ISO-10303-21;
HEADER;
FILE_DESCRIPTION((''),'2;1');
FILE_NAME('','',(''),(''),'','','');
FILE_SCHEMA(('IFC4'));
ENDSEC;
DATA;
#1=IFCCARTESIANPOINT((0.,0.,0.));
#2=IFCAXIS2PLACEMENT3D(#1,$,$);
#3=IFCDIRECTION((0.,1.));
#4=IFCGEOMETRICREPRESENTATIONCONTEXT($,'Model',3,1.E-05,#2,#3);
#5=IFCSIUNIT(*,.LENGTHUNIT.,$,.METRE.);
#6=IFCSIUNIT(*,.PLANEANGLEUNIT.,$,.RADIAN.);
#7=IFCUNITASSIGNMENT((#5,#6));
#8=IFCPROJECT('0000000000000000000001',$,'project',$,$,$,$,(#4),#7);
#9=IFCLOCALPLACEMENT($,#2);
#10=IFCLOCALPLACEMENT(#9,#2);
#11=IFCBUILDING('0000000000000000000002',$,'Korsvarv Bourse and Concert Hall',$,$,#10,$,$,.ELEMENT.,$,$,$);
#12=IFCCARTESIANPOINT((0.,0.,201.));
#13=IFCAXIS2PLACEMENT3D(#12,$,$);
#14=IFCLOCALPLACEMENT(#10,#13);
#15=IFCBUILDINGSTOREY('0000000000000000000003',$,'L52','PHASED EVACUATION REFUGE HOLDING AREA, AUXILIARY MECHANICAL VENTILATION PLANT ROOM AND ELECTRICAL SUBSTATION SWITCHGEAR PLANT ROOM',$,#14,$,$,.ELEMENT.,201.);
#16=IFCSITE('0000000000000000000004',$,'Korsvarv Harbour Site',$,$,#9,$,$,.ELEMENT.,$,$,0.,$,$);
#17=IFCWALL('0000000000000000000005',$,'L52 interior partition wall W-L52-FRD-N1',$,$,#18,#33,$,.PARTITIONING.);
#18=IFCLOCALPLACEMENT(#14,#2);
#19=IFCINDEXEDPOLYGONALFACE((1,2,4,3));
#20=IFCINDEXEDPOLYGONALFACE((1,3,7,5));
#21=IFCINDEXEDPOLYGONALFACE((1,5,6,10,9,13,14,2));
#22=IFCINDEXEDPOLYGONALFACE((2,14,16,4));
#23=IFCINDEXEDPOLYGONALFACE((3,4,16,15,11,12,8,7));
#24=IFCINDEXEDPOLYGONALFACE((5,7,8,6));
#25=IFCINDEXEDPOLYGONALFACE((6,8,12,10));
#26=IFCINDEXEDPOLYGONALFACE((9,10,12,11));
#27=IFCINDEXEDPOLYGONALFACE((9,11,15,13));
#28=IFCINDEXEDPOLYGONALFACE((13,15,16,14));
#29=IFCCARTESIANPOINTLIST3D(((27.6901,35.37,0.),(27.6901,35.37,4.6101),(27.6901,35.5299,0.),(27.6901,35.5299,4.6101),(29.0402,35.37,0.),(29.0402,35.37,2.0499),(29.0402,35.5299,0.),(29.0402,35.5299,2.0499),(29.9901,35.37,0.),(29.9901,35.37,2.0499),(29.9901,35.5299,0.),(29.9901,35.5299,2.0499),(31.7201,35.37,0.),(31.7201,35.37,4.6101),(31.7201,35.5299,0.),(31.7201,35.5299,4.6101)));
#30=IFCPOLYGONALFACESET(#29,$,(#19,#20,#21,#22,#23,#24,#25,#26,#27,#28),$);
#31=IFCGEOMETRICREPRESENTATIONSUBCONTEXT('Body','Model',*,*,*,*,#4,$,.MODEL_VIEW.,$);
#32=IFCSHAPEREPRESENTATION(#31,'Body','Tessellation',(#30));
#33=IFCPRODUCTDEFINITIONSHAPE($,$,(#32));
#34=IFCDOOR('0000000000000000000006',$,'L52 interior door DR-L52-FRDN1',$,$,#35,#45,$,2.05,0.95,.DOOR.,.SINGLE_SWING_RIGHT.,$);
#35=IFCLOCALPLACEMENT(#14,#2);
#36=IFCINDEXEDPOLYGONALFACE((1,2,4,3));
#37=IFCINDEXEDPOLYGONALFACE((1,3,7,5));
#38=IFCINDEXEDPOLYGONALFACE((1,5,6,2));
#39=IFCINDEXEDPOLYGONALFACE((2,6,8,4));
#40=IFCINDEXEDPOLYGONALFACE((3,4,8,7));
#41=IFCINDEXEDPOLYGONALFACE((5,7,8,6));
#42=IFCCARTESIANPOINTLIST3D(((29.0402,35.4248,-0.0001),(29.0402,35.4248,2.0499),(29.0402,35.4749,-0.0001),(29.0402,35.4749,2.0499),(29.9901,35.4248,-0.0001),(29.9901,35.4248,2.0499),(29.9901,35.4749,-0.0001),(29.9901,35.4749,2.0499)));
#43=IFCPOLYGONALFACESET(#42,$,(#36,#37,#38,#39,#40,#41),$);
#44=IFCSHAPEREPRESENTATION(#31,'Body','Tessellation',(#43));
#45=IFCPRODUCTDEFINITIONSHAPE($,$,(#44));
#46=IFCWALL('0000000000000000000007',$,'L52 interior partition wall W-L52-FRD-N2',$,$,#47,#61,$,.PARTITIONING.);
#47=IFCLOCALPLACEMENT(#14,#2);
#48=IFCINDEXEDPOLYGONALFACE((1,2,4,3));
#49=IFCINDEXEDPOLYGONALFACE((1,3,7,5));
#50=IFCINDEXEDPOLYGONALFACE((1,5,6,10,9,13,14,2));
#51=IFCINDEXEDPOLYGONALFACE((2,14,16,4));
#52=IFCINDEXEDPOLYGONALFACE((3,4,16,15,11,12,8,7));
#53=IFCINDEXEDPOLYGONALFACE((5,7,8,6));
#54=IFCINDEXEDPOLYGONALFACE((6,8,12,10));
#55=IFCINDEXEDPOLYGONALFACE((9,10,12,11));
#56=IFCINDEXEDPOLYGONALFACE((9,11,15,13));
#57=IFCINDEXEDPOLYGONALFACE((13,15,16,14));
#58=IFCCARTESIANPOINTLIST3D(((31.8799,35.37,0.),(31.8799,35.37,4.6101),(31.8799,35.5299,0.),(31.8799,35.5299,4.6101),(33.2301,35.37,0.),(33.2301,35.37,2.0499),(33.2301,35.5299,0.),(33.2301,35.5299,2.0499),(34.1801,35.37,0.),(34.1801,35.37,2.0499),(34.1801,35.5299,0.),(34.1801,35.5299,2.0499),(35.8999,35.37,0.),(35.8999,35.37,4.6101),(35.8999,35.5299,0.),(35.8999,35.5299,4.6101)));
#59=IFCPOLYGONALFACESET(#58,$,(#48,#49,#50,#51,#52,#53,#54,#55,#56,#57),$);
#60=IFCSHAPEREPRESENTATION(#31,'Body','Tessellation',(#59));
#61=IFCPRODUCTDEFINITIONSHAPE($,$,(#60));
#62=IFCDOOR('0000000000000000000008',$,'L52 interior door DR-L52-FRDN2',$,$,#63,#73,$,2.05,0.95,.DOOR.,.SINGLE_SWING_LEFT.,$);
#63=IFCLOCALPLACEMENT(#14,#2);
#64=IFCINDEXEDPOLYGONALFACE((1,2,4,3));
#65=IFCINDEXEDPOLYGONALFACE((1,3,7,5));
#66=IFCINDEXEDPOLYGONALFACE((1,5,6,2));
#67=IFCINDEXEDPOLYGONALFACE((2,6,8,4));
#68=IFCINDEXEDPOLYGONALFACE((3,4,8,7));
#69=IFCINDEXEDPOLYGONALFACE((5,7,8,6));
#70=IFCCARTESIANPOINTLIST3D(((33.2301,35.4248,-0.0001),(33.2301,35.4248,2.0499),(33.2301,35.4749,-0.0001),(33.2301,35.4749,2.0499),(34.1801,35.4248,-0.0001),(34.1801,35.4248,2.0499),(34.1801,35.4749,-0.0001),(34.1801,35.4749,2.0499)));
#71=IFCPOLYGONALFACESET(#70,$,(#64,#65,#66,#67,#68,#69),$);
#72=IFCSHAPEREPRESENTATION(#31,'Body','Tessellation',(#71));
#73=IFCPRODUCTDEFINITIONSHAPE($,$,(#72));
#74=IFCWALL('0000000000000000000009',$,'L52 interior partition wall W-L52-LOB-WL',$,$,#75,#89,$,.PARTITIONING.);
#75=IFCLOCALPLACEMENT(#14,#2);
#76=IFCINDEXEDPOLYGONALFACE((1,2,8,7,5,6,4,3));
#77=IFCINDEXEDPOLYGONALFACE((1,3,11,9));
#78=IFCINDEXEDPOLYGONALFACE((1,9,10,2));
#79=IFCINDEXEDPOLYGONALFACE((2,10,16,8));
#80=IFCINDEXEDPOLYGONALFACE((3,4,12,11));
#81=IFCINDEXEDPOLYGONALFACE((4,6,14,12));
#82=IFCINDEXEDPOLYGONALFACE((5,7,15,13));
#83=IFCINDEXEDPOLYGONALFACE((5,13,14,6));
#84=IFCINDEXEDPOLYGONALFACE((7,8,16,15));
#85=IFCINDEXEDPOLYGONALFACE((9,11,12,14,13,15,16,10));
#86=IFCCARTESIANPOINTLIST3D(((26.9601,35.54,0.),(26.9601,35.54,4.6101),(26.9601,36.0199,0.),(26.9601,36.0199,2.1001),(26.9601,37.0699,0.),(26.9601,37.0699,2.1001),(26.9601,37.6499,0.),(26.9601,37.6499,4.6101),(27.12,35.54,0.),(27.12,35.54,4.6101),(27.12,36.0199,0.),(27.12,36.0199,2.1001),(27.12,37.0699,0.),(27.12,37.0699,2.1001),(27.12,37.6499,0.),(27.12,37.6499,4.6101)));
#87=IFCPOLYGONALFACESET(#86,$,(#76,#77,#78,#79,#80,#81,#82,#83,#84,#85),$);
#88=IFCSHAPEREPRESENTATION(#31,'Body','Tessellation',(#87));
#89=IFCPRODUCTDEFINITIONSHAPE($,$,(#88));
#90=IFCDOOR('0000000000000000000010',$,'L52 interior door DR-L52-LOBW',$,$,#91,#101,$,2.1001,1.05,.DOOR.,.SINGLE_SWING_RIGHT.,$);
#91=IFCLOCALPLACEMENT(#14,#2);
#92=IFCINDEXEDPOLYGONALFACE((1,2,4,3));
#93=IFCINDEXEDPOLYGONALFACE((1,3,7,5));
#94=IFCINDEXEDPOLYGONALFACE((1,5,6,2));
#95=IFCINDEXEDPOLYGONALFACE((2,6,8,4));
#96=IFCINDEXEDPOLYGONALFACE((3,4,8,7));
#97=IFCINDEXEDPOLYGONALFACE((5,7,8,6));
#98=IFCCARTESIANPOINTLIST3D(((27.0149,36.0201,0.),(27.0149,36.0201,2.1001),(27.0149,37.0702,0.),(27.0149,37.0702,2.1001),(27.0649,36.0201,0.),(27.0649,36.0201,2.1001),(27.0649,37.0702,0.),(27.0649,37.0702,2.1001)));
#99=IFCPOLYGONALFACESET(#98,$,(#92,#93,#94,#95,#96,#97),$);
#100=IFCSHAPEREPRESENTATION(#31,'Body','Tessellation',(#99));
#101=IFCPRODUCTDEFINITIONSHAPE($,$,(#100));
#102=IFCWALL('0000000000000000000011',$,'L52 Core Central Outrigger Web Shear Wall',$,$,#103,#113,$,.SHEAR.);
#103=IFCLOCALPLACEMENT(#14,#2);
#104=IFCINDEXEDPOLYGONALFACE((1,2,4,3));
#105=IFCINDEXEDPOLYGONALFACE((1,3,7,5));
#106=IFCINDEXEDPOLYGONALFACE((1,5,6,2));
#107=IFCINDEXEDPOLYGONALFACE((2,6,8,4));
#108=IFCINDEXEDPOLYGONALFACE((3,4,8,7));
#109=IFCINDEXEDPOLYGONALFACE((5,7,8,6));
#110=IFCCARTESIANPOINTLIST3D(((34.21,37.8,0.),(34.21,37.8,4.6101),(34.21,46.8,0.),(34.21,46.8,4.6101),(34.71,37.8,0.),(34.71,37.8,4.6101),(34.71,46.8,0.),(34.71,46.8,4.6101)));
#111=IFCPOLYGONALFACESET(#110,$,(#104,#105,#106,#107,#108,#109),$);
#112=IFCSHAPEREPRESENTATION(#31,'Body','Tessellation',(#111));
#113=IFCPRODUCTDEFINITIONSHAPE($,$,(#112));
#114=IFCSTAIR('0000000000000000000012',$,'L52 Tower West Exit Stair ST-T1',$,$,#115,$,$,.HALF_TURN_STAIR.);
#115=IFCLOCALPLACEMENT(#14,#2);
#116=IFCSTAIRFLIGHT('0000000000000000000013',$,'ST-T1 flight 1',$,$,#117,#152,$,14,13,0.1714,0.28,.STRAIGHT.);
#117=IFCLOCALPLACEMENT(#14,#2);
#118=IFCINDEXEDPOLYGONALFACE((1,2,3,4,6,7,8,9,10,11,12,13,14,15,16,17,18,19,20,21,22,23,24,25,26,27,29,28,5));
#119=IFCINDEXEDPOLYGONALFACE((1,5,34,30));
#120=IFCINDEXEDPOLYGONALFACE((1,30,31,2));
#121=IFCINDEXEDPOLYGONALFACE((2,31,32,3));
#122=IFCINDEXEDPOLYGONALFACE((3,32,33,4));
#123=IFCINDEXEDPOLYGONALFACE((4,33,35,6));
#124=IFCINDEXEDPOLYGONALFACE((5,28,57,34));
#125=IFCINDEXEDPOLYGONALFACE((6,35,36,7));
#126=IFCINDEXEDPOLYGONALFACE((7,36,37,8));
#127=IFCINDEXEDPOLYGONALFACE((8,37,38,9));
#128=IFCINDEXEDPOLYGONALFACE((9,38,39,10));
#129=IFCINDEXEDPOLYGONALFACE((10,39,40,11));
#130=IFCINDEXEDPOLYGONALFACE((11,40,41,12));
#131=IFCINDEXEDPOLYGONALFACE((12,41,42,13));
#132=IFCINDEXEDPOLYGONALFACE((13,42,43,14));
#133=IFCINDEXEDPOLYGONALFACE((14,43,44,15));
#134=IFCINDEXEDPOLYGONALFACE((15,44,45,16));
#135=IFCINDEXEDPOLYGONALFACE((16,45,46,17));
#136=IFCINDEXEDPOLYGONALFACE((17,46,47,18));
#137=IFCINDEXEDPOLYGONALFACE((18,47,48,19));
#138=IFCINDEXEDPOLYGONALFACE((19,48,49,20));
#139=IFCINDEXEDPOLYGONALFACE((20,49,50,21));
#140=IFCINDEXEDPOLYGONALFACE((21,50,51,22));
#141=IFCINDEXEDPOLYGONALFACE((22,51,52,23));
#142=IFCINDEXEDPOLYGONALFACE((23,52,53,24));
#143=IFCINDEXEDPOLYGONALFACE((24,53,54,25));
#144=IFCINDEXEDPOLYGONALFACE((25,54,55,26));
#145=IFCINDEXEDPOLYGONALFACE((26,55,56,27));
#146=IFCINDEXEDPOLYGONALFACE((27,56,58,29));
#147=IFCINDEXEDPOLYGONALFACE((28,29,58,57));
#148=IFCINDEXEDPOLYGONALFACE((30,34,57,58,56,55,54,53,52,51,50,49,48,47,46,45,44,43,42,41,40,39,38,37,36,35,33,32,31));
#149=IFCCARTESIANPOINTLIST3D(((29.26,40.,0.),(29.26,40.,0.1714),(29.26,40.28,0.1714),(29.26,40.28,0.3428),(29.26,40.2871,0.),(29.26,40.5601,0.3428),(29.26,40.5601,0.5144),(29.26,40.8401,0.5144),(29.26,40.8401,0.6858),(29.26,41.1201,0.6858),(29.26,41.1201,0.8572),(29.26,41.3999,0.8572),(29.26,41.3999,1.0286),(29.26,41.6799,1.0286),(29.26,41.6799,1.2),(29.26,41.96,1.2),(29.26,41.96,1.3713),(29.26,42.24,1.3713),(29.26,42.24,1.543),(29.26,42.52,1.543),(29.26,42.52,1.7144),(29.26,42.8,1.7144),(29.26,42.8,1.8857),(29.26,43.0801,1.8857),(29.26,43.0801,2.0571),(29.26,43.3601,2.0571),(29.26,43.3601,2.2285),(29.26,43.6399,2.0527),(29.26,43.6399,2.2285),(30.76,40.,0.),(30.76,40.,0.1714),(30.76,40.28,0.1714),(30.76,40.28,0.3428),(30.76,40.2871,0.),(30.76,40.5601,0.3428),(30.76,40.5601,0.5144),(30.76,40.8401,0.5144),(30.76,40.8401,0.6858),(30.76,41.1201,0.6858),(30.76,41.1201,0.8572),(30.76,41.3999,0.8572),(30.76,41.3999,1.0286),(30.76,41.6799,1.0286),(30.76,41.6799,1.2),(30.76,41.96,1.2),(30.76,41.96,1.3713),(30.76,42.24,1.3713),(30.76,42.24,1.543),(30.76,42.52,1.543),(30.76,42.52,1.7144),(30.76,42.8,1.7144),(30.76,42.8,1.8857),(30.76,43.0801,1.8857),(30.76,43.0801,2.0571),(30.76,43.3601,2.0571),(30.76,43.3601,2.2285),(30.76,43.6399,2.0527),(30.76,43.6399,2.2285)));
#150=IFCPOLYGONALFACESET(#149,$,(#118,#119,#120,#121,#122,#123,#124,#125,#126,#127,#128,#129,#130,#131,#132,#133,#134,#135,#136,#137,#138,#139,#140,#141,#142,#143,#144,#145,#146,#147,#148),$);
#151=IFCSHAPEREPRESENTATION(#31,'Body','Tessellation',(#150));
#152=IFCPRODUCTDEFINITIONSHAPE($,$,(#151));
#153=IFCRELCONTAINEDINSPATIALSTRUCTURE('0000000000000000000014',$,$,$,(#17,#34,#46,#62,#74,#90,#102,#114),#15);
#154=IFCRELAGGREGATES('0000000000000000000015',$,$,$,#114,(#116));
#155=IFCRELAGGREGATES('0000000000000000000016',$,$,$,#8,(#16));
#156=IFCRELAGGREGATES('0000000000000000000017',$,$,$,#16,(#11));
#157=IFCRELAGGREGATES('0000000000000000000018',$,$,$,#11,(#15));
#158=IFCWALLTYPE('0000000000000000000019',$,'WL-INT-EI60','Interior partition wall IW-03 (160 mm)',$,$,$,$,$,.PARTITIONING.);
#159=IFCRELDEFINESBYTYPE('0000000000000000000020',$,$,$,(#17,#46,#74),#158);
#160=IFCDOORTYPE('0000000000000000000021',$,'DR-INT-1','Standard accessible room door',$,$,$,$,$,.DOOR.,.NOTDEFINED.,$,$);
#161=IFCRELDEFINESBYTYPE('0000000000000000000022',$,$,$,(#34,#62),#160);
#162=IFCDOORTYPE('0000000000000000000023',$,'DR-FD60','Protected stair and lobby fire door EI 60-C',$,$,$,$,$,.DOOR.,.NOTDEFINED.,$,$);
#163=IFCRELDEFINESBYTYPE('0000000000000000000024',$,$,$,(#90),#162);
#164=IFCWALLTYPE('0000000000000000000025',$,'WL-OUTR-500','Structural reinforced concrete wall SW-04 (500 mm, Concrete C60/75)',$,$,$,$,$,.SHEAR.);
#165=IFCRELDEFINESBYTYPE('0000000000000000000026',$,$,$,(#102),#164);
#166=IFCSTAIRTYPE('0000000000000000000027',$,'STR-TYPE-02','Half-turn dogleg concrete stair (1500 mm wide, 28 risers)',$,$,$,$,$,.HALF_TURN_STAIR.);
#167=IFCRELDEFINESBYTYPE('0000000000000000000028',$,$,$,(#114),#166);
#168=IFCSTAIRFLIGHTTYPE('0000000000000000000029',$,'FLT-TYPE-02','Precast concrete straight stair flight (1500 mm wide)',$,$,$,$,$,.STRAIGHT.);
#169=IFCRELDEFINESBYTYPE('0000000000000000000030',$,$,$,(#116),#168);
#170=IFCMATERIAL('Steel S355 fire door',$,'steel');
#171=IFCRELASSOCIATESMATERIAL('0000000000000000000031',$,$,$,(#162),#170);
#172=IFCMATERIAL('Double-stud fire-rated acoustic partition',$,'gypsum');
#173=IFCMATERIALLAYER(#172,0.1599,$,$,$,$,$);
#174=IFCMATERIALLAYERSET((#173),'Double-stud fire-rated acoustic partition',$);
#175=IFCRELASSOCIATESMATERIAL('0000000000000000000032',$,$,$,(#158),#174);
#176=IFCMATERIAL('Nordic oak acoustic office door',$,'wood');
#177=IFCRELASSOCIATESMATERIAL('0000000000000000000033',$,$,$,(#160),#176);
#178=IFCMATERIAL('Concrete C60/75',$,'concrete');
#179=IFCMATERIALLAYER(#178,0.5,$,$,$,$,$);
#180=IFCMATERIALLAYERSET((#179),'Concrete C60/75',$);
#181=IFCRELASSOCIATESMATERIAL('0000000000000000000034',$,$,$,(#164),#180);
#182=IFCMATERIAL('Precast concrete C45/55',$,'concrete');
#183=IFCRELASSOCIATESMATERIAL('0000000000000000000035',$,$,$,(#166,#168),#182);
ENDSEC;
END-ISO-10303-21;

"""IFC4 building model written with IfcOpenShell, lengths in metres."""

from ifc_helpers import new_model, si_unit, direction, frame, frame_2d, origin, place, context, subcontext, project, spatial, polyline, rectangle, outline, extrude, material, layer, layer_set, type_object, element, fill, aggregate, save


model = new_model("IFC4")

# Units and contexts
model_context = context("Model", 3, precision=1e-05, world=origin(), true_north=direction((0.0, 1.0)))
body_context = subcontext(model_context, "Body", "Model", "MODEL_VIEW")
ifc_project = project(units=[si_unit("LENGTHUNIT", "METRE"), si_unit("PLANEANGLEUNIT", "RADIAN")], contexts=[model_context])

# Site, building, storey
site_placement = place(None, origin())
site = spatial("IfcSite", under=ifc_project, at=site_placement, Name="Korsvarv Harbour Site", CompositionType="ELEMENT", RefElevation=0.0)
building_placement = place(site_placement, origin())
building = spatial("IfcBuilding", under=site, at=building_placement, Name="Korsvarv Bourse and Concert Hall", CompositionType="ELEMENT")
storey_placement = place(building_placement, frame((0.0, 0.0, 201.0)))
storey = spatial("IfcBuildingStorey", under=building, at=storey_placement, Name="L52", Description="PHASED EVACUATION REFUGE HOLDING AREA, AUXILIARY MECHANICAL VENTILATION PLANT ROOM AND ELECTRICAL SUBSTATION SWITCHGEAR PLANT ROOM", CompositionType="ELEMENT", Elevation=201.0)

# Shared definitions
ifc_material_1 = material(Name="Steel S355 fire door", Category="steel")
door_type_1 = type_object("IfcDoorType", Name="DR-FD60", Description="Protected stair and lobby fire door EI 60-C", OperationType="NOTDEFINED", PredefinedType="DOOR", material=ifc_material_1)

# Shared definitions
ifc_material_2 = material(Name="Double-stud fire-rated acoustic partition", Category="gypsum")
ifc_layer_1 = layer(ifc_material_2, 0.1599)
ifc_layer_set_1 = layer_set([ifc_layer_1], Name="Double-stud fire-rated acoustic partition")
wall_type_1 = type_object("IfcWallType", Name="WL-INT-EI60", Description="Interior partition wall IW-03 (160 mm)", PredefinedType="PARTITIONING", material=ifc_layer_set_1)

# Walls, openings, doors
wall_1_placement = place(storey_placement, frame((27.6899, 35.45, 0.0), z_axis=(0.0, 0.0, 1.0), x_axis=(1.0, 0.0, 0.0)))
wall_1 = element("IfcWall", 1, at=wall_1_placement, inside=storey, type_object=wall_type_1, Name="L52 interior partition wall W-L52-FRD-N1", PredefinedType="PARTITIONING", context=body_context, shape_type="SweptSolid", body=[
    extrude(rectangle(XDim=4.03, YDim=0.1599, at=frame_2d((2.0151, 0.0))), origin(), (0.0, 0.0, 1.0), 4.6101),
])
opening_1_placement = place(wall_1_placement, frame((1.3501, 0.0, 0.0)))
opening_1 = element("IfcOpeningElement", 2, at=opening_1_placement, cuts=wall_1, PredefinedType="OPENING", context=body_context, shape_type="SweptSolid", body=[
    extrude(rectangle(XDim=0.95, YDim=2.05, at=frame_2d((0.4751, 1.0249))), frame((0.0, 0.0898, 0.0), z_axis=(0.0, -1.0, 0.0), x_axis=(1.0, 0.0, 0.0)), (0.0, 0.0, 1.0), 0.1799),
])
ifc_material_3 = material(Name="Nordic oak acoustic office door", Category="wood")
door_type_2 = type_object("IfcDoorType", Name="DR-INT-1", Description="Standard accessible room door", OperationType="NOTDEFINED", PredefinedType="DOOR", material=ifc_material_3)
door_1_placement = place(opening_1_placement, origin())
door_1 = element("IfcDoor", 3, at=door_1_placement, inside=storey, type_object=door_type_2, Name="L52 interior door DR-L52-FRDN1", OperationType="SINGLE_SWING_RIGHT", OverallHeight=2.05, OverallWidth=0.95, PredefinedType="DOOR", context=body_context, shape_type="SweptSolid", body=[
    extrude(rectangle(XDim=0.95, YDim=2.05, at=frame_2d((0.4751, 1.0249))), frame((0.0, 0.0249, 0.0), z_axis=(0.0, -1.0, 0.0), x_axis=(1.0, 0.0, 0.0)), (0.0, 0.0, 1.0), 0.05),
])
fill(opening_1, door_1)
wall_2_placement = place(storey_placement, frame((31.8799, 35.45, 0.0), z_axis=(0.0, 0.0, 1.0), x_axis=(1.0, 0.0, 0.0)))
wall_2 = element("IfcWall", 4, at=wall_2_placement, inside=storey, type_object=wall_type_1, Name="L52 interior partition wall W-L52-FRD-N2", PredefinedType="PARTITIONING", context=body_context, shape_type="SweptSolid", body=[
    extrude(rectangle(XDim=4.02, YDim=0.1599, at=frame_2d((2.01, 0.0))), origin(), (0.0, 0.0, 1.0), 4.6101),
])
opening_2_placement = place(wall_2_placement, frame((1.3501, 0.0, 0.0)))
opening_2 = element("IfcOpeningElement", 5, at=opening_2_placement, cuts=wall_2, PredefinedType="OPENING", context=body_context, shape_type="SweptSolid", body=[
    extrude(rectangle(XDim=0.95, YDim=2.05, at=frame_2d((0.4751, 1.0249))), frame((0.0, 0.0898, 0.0), z_axis=(0.0, -1.0, 0.0), x_axis=(1.0, 0.0, 0.0)), (0.0, 0.0, 1.0), 0.1799),
])
door_2_placement = place(opening_2_placement, origin())
door_2 = element("IfcDoor", 6, at=door_2_placement, inside=storey, type_object=door_type_2, Name="L52 interior door DR-L52-FRDN2", OperationType="SINGLE_SWING_LEFT", OverallHeight=2.05, OverallWidth=0.95, PredefinedType="DOOR", context=body_context, shape_type="SweptSolid", body=[
    extrude(rectangle(XDim=0.95, YDim=2.05, at=frame_2d((0.4751, 1.0249))), frame((0.0, 0.0249, 0.0), z_axis=(0.0, -1.0, 0.0), x_axis=(1.0, 0.0, 0.0)), (0.0, 0.0, 1.0), 0.05),
])
fill(opening_2, door_2)
wall_3_placement = place(storey_placement, frame((27.04, 35.54, 0.0), z_axis=(0.0, 0.0, 1.0), x_axis=(0.0, 1.0, 0.0)))
wall_3 = element("IfcWall", 7, at=wall_3_placement, inside=storey, type_object=wall_type_1, Name="L52 interior partition wall W-L52-LOB-WL", PredefinedType="PARTITIONING", context=body_context, shape_type="SweptSolid", body=[
    extrude(rectangle(XDim=2.1099, YDim=0.1599, at=frame_2d((1.0549, 0.0))), origin(), (0.0, 0.0, 1.0), 4.6101),
])
opening_3_placement = place(wall_3_placement, frame((0.48, 0.0, 0.0)))
opening_3 = element("IfcOpeningElement", 8, at=opening_3_placement, cuts=wall_3, PredefinedType="OPENING", context=body_context, shape_type="SweptSolid", body=[
    extrude(rectangle(XDim=1.05, YDim=2.1001, at=frame_2d((0.5249, 1.05))), frame((0.0, 0.0898, 0.0), z_axis=(0.0, -1.0, 0.0), x_axis=(1.0, 0.0, 0.0)), (0.0, 0.0, 1.0), 0.1799),
])
door_3_placement = place(opening_3_placement, frame((1.05, 0.0, 0.0), z_axis=(0.0, 0.0, 1.0), x_axis=(-1.0, 0.0, 0.0)))
door_3 = element("IfcDoor", 9, at=door_3_placement, inside=storey, type_object=door_type_1, Name="L52 interior door DR-L52-LOBW", OperationType="SINGLE_SWING_RIGHT", OverallHeight=2.1001, OverallWidth=1.05, PredefinedType="DOOR", context=body_context, shape_type="SweptSolid", body=[
    extrude(rectangle(XDim=1.05, YDim=2.1001, at=frame_2d((0.5249, 1.05))), frame((0.0, 0.0249, 0.0), z_axis=(0.0, -1.0, 0.0), x_axis=(1.0, 0.0, 0.0)), (0.0, 0.0, 1.0), 0.05),
])
fill(opening_3, door_3)

# Wall
ifc_material_4 = material(Name="Concrete C60/75", Category="concrete")
ifc_layer_2 = layer(ifc_material_4, 0.5)
ifc_layer_set_2 = layer_set([ifc_layer_2], Name="Concrete C60/75")
wall_type_2 = type_object("IfcWallType", Name="WL-OUTR-500", Description="Structural reinforced concrete wall SW-04 (500 mm, Concrete C60/75)", PredefinedType="SHEAR", material=ifc_layer_set_2)
wall_4_placement = place(storey_placement, frame((34.46, 37.8, 0.0), z_axis=(0.0, 0.0, 1.0), x_axis=(0.0, 1.0, 0.0)))
element("IfcWall", 10, at=wall_4_placement, inside=storey, type_object=wall_type_2, Name="L52 Core Central Outrigger Web Shear Wall", PredefinedType="SHEAR", context=body_context, shape_type="SweptSolid", body=[
    extrude(rectangle(XDim=9.0, YDim=0.5, at=frame_2d((4.5, 0.0))), origin(), (0.0, 0.0, 1.0), 4.6101),
])

# Stair, stair flight
ifc_material_5 = material(Name="Precast concrete C45/55", Category="concrete")
stair_type = type_object("IfcStairType", Name="STR-TYPE-02", Description="Half-turn dogleg concrete stair (1500 mm wide, 28 risers)", PredefinedType="HALF_TURN_STAIR", material=ifc_material_5)
stair_placement = place(storey_placement, origin())
stair = element("IfcStair", 11, at=stair_placement, inside=storey, type_object=stair_type, Name="L52 Tower West Exit Stair ST-T1", PredefinedType="HALF_TURN_STAIR")
stair_flight_type = type_object("IfcStairFlightType", Name="FLT-TYPE-02", Description="Precast concrete straight stair flight (1500 mm wide)", PredefinedType="STRAIGHT", material=ifc_material_5)
stair_flight_1_placement = place(storey_placement, frame((30.01, 40.0, 0.0), z_axis=(0.0, 0.0, 1.0), x_axis=(0.0, 1.0, 0.0)))
stair_flight_1 = element("IfcStairFlight", 12, at=stair_flight_1_placement, type_object=stair_flight_type, Name="ST-T1 flight 1", NumberOfRisers=14, NumberOfTreads=13, PredefinedType="STRAIGHT", RiserHeight=0.1714, TreadLength=0.28, context=body_context, shape_type="SweptSolid", body=[
    extrude(outline(polyline([(0.0, 0.0), (0.0, 0.1714), (0.28, 0.1714), (0.28, 0.3428), (0.5601, 0.3428), (0.5601, 0.5144), (0.8401, 0.5144), (0.8401, 0.6858), (1.1201, 0.6858), (1.1201, 0.8572), (1.3999, 0.8572), (1.3999, 1.0286), (1.6799, 1.0286), (1.6799, 1.2), (1.96, 1.2), (1.96, 1.3713), (2.24, 1.3713), (2.24, 1.543), (2.52, 1.543), (2.52, 1.7144), (2.8, 1.7144), (2.8, 1.8857), (3.0801, 1.8857), (3.0801, 2.0571), (3.3601, 2.0571), (3.3601, 2.2285), (3.6399, 2.2285), (3.6399, 2.3999), (3.6399, 2.0527), (0.2871, 0.0), (0.0, 0.0)])), frame((0.0, 0.75, 0.0), z_axis=(0.0, -1.0, 0.0), x_axis=(1.0, 0.0, 0.0)), (0.0, 0.0, 1.0), 1.5),
])
aggregate(stair, [stair_flight_1])

save(model, "model.ifc")
